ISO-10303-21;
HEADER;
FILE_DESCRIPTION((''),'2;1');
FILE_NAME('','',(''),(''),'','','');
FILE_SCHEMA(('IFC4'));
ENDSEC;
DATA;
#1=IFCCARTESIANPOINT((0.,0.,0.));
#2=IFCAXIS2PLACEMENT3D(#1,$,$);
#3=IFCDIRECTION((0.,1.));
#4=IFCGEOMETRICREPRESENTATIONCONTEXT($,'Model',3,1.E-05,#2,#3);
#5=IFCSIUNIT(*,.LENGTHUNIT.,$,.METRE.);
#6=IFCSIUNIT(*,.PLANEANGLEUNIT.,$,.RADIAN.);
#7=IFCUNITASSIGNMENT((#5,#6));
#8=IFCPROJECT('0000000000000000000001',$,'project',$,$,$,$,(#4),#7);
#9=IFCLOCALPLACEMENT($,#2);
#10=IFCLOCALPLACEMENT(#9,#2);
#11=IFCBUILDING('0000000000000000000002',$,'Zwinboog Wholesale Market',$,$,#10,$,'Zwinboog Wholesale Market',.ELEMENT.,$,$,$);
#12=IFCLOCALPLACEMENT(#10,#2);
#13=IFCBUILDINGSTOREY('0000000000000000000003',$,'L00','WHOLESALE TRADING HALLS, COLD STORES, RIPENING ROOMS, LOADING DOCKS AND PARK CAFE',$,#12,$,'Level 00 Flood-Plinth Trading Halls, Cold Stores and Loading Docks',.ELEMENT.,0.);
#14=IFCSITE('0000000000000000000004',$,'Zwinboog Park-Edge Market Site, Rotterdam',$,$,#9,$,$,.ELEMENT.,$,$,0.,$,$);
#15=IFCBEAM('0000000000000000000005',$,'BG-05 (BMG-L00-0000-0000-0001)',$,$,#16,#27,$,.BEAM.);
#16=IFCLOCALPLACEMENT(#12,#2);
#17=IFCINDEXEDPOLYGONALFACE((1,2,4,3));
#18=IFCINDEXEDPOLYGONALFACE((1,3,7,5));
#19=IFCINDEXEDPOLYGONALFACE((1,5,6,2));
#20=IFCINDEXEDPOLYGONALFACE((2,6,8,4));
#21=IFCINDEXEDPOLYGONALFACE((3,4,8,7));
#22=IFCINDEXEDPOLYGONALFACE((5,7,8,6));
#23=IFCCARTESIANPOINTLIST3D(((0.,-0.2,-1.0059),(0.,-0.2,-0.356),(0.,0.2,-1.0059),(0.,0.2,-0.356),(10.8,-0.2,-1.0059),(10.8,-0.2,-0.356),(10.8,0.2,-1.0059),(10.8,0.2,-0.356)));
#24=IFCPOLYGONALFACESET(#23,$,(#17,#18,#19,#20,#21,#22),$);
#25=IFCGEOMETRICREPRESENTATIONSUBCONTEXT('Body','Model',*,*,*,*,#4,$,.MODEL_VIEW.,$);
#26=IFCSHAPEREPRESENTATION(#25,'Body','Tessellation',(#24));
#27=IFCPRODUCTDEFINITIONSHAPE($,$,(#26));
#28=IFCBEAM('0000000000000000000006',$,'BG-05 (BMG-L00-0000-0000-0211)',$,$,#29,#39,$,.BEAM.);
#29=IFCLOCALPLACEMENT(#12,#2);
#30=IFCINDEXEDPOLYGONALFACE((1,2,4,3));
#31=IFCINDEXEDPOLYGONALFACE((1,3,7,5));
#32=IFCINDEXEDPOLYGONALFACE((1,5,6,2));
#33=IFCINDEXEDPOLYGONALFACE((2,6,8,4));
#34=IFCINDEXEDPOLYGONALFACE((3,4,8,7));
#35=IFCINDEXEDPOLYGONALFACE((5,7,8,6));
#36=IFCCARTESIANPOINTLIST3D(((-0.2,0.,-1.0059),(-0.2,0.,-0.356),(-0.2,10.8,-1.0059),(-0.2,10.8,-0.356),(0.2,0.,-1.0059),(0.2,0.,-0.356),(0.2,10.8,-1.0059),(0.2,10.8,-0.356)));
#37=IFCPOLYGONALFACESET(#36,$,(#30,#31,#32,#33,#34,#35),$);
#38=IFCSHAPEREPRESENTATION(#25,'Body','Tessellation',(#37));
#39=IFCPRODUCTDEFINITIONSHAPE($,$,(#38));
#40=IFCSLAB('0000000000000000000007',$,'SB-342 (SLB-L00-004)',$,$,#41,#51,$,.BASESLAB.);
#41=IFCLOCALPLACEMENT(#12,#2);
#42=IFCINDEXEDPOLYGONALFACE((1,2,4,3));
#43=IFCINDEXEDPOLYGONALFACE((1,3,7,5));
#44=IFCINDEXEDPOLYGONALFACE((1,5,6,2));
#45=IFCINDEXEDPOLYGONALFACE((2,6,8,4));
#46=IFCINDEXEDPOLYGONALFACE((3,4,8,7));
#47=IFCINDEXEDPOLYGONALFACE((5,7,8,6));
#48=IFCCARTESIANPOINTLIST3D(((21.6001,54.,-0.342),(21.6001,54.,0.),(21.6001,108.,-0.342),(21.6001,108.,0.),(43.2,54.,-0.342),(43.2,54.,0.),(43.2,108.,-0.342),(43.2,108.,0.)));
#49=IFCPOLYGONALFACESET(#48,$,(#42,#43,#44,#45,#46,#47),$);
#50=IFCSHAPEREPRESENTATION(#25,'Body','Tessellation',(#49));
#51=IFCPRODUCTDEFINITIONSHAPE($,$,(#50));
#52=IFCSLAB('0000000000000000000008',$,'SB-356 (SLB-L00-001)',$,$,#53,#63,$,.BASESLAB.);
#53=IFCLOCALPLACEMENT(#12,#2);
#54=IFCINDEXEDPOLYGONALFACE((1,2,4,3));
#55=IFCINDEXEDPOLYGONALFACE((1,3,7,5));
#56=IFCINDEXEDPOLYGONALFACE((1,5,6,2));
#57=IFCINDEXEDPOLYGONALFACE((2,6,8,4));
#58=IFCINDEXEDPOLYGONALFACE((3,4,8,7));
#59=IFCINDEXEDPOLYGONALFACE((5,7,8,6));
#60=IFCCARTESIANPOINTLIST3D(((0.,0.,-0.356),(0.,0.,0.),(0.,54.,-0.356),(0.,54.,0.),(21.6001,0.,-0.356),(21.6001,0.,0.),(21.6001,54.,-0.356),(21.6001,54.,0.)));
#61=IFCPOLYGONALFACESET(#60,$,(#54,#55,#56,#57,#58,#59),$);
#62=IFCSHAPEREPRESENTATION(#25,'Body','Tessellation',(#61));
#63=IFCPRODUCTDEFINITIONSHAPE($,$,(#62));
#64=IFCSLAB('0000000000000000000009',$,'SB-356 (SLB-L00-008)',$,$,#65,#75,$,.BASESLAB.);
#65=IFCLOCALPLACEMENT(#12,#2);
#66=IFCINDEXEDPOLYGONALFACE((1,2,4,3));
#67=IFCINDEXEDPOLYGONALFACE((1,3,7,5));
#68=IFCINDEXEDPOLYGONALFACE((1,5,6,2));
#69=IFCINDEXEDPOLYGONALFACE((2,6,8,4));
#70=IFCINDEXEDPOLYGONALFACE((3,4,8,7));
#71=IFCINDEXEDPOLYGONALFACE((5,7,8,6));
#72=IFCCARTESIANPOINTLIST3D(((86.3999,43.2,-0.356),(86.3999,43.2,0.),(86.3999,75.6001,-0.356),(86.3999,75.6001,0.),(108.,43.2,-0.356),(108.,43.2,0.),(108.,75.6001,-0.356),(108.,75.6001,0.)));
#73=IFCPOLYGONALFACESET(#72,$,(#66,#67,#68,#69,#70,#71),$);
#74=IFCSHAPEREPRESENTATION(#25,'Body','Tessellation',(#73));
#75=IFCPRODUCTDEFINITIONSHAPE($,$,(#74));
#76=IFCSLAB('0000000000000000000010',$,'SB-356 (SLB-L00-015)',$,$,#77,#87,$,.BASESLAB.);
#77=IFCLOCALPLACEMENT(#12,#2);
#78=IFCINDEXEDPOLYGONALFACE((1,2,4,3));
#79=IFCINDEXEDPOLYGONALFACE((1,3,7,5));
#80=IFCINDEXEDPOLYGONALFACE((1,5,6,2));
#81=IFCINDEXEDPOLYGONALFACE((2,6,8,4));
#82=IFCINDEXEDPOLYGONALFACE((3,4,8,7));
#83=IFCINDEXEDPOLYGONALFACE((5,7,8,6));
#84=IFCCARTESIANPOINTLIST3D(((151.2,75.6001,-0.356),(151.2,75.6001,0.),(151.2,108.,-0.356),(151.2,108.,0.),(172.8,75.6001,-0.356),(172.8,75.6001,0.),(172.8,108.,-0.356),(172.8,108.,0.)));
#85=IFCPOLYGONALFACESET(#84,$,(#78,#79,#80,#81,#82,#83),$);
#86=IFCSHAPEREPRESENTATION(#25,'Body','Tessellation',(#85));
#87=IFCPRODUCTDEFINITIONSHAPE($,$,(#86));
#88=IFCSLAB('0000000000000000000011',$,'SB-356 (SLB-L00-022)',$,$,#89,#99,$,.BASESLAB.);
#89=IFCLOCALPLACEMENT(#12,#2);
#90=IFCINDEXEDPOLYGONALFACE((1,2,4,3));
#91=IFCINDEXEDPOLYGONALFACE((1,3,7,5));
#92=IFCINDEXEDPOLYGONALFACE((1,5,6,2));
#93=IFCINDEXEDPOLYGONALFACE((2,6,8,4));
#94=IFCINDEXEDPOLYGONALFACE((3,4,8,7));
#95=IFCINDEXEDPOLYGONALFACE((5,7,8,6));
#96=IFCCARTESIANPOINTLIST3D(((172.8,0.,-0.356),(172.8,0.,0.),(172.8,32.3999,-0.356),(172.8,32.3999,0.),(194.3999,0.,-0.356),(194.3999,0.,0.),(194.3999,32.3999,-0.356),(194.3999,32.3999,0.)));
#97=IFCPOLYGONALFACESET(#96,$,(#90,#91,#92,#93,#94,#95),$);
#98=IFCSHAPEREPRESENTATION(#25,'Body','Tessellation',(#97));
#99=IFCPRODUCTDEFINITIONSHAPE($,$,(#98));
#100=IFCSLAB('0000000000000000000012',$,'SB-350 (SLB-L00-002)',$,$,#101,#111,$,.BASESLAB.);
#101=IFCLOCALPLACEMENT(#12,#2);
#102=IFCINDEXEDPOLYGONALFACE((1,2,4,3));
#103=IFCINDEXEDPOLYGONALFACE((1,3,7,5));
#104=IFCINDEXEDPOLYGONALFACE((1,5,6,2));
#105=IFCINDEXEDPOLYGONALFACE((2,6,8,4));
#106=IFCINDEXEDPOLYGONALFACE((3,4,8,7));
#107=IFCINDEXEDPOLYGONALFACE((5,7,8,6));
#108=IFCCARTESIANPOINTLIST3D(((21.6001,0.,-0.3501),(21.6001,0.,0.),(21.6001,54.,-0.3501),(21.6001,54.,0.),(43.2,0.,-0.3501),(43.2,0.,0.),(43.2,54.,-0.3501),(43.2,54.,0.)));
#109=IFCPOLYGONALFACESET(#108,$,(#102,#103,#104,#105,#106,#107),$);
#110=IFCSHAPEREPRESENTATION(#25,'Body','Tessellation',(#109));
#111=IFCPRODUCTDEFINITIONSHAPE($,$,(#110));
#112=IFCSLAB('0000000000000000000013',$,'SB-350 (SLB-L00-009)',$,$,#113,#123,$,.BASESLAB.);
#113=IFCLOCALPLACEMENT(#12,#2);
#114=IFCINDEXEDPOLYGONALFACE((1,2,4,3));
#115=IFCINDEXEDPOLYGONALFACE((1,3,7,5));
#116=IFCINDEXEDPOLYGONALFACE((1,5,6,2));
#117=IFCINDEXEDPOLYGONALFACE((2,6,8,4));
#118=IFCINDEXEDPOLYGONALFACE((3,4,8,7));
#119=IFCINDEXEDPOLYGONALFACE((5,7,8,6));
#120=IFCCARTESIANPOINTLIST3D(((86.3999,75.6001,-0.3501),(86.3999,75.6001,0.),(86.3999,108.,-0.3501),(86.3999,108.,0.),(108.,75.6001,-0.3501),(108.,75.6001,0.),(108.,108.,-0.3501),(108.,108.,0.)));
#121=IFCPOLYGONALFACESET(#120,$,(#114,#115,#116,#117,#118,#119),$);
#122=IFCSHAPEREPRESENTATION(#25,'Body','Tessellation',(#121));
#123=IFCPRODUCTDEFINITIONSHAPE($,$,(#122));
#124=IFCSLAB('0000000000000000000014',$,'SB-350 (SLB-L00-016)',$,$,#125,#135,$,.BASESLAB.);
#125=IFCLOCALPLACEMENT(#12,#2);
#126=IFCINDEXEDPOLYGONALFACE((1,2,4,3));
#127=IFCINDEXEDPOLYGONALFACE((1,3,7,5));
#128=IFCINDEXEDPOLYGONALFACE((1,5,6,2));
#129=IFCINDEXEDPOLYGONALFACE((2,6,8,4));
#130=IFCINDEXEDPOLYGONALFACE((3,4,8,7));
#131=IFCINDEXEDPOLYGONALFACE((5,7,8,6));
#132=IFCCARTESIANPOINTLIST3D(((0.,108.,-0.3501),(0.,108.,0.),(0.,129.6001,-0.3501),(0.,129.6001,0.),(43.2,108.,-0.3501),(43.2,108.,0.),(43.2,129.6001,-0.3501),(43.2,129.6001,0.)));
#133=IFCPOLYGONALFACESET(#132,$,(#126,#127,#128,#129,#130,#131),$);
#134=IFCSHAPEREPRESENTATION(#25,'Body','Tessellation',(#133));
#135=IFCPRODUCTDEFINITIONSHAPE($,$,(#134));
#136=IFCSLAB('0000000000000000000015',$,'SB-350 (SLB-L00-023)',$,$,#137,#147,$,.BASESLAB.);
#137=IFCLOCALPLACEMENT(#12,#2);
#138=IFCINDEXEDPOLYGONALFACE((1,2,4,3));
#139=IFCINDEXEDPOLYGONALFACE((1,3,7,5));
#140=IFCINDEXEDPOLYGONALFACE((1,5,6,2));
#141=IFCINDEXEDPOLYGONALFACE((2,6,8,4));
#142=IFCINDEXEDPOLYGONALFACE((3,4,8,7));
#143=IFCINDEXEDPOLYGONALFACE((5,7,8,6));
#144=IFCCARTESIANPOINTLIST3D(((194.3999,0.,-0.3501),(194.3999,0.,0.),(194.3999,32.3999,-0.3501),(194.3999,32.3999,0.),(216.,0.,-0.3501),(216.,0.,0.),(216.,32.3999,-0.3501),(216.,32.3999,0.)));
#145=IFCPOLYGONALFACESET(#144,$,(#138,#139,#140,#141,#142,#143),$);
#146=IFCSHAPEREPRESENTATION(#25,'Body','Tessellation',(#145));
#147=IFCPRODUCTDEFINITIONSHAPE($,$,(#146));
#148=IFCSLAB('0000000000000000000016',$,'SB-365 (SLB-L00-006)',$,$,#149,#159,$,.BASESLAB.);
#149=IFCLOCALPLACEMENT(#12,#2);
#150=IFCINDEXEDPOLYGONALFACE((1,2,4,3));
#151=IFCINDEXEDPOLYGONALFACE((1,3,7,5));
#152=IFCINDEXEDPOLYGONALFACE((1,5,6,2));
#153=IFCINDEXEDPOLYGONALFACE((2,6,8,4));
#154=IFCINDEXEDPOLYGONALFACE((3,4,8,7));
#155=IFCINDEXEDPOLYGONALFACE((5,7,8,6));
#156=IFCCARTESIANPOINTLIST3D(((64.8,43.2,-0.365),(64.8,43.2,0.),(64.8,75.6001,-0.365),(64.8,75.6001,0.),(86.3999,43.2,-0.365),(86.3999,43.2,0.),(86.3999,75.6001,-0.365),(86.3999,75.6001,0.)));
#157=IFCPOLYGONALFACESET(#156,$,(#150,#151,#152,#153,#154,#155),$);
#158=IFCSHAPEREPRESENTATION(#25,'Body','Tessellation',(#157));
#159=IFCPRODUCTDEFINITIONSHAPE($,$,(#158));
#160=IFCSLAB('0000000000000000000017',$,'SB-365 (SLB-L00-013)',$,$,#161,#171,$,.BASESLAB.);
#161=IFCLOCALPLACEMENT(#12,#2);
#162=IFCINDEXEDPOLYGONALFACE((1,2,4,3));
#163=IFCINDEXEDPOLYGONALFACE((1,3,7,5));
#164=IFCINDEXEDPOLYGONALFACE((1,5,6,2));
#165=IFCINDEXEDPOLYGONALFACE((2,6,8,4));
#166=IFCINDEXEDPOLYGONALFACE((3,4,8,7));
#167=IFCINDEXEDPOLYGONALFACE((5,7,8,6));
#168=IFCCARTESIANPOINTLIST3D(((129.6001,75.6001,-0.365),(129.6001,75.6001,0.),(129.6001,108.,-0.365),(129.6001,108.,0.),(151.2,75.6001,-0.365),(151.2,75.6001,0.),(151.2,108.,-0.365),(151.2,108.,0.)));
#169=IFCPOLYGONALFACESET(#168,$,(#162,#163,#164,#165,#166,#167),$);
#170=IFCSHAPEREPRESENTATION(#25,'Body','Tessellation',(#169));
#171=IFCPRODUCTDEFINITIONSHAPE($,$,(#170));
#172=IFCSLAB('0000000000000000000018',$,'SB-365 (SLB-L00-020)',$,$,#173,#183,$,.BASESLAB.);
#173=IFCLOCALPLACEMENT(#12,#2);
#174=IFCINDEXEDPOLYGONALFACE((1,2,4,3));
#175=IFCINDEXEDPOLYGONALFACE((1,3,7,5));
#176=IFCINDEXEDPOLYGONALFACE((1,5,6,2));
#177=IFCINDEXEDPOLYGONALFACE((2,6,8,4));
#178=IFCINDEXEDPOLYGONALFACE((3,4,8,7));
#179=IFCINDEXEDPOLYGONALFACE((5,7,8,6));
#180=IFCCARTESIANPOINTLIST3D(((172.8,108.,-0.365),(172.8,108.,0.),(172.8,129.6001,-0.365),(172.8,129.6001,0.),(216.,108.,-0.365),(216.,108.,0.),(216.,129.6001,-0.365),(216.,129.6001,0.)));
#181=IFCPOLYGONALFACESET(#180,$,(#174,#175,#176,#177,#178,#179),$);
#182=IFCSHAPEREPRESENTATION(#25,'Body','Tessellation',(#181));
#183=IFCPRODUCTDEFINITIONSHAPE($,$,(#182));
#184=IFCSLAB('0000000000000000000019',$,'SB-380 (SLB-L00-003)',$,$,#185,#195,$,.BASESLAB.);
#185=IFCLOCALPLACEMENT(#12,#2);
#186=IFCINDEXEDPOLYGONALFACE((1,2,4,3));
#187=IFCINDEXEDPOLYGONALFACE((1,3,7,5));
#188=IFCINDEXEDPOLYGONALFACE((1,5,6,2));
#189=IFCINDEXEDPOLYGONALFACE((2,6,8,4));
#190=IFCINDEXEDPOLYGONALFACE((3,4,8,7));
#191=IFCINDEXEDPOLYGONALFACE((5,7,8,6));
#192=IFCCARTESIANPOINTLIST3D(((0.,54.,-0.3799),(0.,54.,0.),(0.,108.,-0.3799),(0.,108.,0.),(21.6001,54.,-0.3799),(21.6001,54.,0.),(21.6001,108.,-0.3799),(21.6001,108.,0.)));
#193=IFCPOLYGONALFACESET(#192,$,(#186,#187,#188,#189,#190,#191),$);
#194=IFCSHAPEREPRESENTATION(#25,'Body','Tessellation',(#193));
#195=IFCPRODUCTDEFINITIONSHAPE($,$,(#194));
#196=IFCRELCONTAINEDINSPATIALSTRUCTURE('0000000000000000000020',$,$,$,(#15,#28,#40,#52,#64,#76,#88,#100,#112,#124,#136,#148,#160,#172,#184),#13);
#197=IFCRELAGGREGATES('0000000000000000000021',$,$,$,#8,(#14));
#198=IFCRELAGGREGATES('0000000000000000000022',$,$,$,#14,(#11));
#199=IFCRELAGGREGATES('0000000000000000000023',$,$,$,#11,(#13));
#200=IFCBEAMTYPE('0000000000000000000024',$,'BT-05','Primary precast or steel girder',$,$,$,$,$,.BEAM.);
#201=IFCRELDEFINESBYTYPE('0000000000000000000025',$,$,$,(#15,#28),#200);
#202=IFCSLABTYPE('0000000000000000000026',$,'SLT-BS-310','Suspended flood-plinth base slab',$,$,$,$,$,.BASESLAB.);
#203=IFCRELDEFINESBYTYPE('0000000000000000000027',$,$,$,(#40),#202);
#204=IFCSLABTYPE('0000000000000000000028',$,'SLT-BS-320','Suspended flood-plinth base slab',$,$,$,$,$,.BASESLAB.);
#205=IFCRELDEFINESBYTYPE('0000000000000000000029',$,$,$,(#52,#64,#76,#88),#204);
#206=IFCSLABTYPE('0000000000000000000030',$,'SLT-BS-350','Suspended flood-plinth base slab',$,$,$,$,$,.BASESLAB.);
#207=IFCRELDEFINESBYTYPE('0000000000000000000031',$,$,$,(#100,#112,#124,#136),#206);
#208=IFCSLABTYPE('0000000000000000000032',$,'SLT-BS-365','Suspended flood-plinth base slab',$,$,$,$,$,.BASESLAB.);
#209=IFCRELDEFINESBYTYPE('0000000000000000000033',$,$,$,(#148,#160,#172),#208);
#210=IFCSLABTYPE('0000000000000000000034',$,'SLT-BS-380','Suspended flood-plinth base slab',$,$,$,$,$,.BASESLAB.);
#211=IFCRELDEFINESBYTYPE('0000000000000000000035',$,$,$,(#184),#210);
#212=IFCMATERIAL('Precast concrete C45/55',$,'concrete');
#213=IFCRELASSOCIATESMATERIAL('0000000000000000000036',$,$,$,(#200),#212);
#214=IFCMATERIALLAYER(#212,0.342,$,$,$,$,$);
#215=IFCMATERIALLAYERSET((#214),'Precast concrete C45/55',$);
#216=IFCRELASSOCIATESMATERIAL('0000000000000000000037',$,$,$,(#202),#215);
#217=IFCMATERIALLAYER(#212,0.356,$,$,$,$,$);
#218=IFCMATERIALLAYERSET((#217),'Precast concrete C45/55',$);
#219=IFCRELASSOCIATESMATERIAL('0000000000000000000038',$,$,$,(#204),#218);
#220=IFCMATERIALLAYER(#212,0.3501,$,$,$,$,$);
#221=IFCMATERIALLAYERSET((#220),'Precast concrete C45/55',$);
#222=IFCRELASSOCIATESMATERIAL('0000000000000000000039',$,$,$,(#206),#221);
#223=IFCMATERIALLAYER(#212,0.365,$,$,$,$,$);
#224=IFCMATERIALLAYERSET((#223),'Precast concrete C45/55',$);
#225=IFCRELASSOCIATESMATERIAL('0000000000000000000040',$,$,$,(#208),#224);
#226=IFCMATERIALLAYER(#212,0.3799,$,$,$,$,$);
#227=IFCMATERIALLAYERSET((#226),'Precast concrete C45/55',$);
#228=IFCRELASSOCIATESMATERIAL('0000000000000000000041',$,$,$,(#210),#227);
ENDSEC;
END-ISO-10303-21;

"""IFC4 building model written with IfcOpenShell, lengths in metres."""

from ifc_helpers import new_model, si_unit, direction, frame, origin, origin_2d, place, context, subcontext, project, spatial, polyline, rectangle, outline, extrude, material, layer, layer_set, material_profile, profile_set, type_object, element, save


model = new_model("IFC4")

# Units and contexts
model_context = context("Model", 3, precision=1e-05, world=origin(), true_north=direction((0.0, 1.0)))
body_context = subcontext(model_context, "Body", "Model", "MODEL_VIEW")
ifc_project = project(units=[si_unit("LENGTHUNIT", "METRE"), si_unit("PLANEANGLEUNIT", "RADIAN")], contexts=[model_context])

# Site, building, storey
site_placement = place(None, origin())
site = spatial("IfcSite", under=ifc_project, at=site_placement, Name="Zwinboog Park-Edge Market Site, Rotterdam", CompositionType="ELEMENT", RefElevation=0.0)
building_placement = place(site_placement, origin())
building = spatial("IfcBuilding", under=site, at=building_placement, Name="Zwinboog Wholesale Market", LongName="Zwinboog Wholesale Market", CompositionType="ELEMENT")
storey_placement = place(building_placement, origin())
storey = spatial("IfcBuildingStorey", under=building, at=storey_placement, Name="L00", Description="WHOLESALE TRADING HALLS, COLD STORES, RIPENING ROOMS, LOADING DOCKS AND PARK CAFE", LongName="Level 00 Flood-Plinth Trading Halls, Cold Stores and Loading Docks", CompositionType="ELEMENT", Elevation=0.0)

# Beams
ifc_material = material(Name="Precast concrete C45/55", Category="concrete")
ifc_material_profile = material_profile(ifc_material, rectangle(XDim=0.3999, YDim=0.6499, at=origin_2d()), Name="PC 400x650")
ifc_profile_set = profile_set([ifc_material_profile], Name="Precast concrete C45/55")
beam_type = type_object("IfcBeamType", Name="BT-05", Description="Primary precast or steel girder", PredefinedType="BEAM", material=ifc_profile_set)
for number, where, z_axis, x_axis, name in (
    (1, (0.0, 0.0, -0.6809), (1.0, 0.0, 0.0), (0.0, 1.0, 0.0), "BG-05 (BMG-L00-0000-0000-0001)"),
    (2, (0.0, 0.0, -0.6809), (0.0, 1.0, 0.0), (-1.0, 0.0, 0.0), "BG-05 (BMG-L00-0000-0000-0211)"),
):
    element("IfcBeam", number, at=place(storey_placement, frame(where, z_axis=z_axis, x_axis=x_axis)), inside=storey, type_object=beam_type, Name=name, PredefinedType="BEAM", context=body_context, shape_type="SweptSolid", body=[
        extrude(rectangle(XDim=0.3999, YDim=0.6499, at=origin_2d()), origin(), (0.0, 0.0, 1.0), 10.8),
    ])

# Slabs
ifc_layer_1 = layer(ifc_material, 0.342)
ifc_layer_set_1 = layer_set([ifc_layer_1], Name="Precast concrete C45/55")
slab_type_1 = type_object("IfcSlabType", Name="SLT-BS-310", Description="Suspended flood-plinth base slab", PredefinedType="BASESLAB", material=ifc_layer_set_1)
slab_1_placement = place(storey_placement, frame((0.0, 0.0, -0.342)))
element("IfcSlab", 3, at=slab_1_placement, inside=storey, type_object=slab_type_1, Name="SB-342 (SLB-L00-004)", PredefinedType="BASESLAB", context=body_context, shape_type="SweptSolid", body=[
    extrude(outline(polyline([(21.6001, 54.0), (43.2, 54.0), (43.2, 108.0), (21.6001, 108.0), (21.6001, 54.0)])), origin(), (0.0, 0.0, 1.0), 0.342),
])
ifc_layer_2 = layer(ifc_material, 0.356)
ifc_layer_set_2 = layer_set([ifc_layer_2], Name="Precast concrete C45/55")
slab_type_2 = type_object("IfcSlabType", Name="SLT-BS-320", Description="Suspended flood-plinth base slab", PredefinedType="BASESLAB", material=ifc_layer_set_2)
slab_2_placement = place(storey_placement, frame((0.0, 0.0, -0.356)))
element("IfcSlab", 4, at=slab_2_placement, inside=storey, type_object=slab_type_2, Name="SB-356 (SLB-L00-001)", PredefinedType="BASESLAB", context=body_context, shape_type="SweptSolid", body=[
    extrude(outline(polyline([(0.0, 0.0), (21.6001, 0.0), (21.6001, 54.0), (0.0, 54.0), (0.0, 0.0)])), origin(), (0.0, 0.0, 1.0), 0.356),
])
slab_3_placement = place(storey_placement, frame((0.0, 0.0, -0.356)))
element("IfcSlab", 5, at=slab_3_placement, inside=storey, type_object=slab_type_2, Name="SB-356 (SLB-L00-008)", PredefinedType="BASESLAB", context=body_context, shape_type="SweptSolid", body=[
    extrude(outline(polyline([(86.3999, 43.2), (108.0, 43.2), (108.0, 75.6001), (86.3999, 75.6001), (86.3999, 43.2)])), origin(), (0.0, 0.0, 1.0), 0.356),
])
slab_4_placement = place(storey_placement, frame((0.0, 0.0, -0.356)))
element("IfcSlab", 6, at=slab_4_placement, inside=storey, type_object=slab_type_2, Name="SB-356 (SLB-L00-015)", PredefinedType="BASESLAB", context=body_context, shape_type="SweptSolid", body=[
    extrude(outline(polyline([(151.2, 75.6001), (172.8, 75.6001), (172.8, 108.0), (151.2, 108.0), (151.2, 75.6001)])), origin(), (0.0, 0.0, 1.0), 0.356),
])
slab_5_placement = place(storey_placement, frame((0.0, 0.0, -0.356)))
element("IfcSlab", 7, at=slab_5_placement, inside=storey, type_object=slab_type_2, Name="SB-356 (SLB-L00-022)", PredefinedType="BASESLAB", context=body_context, shape_type="SweptSolid", body=[
    extrude(outline(polyline([(172.8, 0.0), (194.3999, 0.0), (194.3999, 32.3999), (172.8, 32.3999), (172.8, 0.0)])), origin(), (0.0, 0.0, 1.0), 0.356),
])
ifc_layer_3 = layer(ifc_material, 0.3501)
ifc_layer_set_3 = layer_set([ifc_layer_3], Name="Precast concrete C45/55")
slab_type_3 = type_object("IfcSlabType", Name="SLT-BS-350", Description="Suspended flood-plinth base slab", PredefinedType="BASESLAB", material=ifc_layer_set_3)
slab_6_placement = place(storey_placement, frame((0.0, 0.0, -0.3501)))
element("IfcSlab", 8, at=slab_6_placement, inside=storey, type_object=slab_type_3, Name="SB-350 (SLB-L00-002)", PredefinedType="BASESLAB", context=body_context, shape_type="SweptSolid", body=[
    extrude(outline(polyline([(21.6001, 0.0), (43.2, 0.0), (43.2, 54.0), (21.6001, 54.0), (21.6001, 0.0)])), origin(), (0.0, 0.0, 1.0), 0.3501),
])
slab_7_placement = place(storey_placement, frame((0.0, 0.0, -0.3501)))
element("IfcSlab", 9, at=slab_7_placement, inside=storey, type_object=slab_type_3, Name="SB-350 (SLB-L00-009)", PredefinedType="BASESLAB", context=body_context, shape_type="SweptSolid", body=[
    extrude(outline(polyline([(86.3999, 75.6001), (108.0, 75.6001), (108.0, 108.0), (86.3999, 108.0), (86.3999, 75.6001)])), origin(), (0.0, 0.0, 1.0), 0.3501),
])
slab_8_placement = place(storey_placement, frame((0.0, 0.0, -0.3501)))
element("IfcSlab", 10, at=slab_8_placement, inside=storey, type_object=slab_type_3, Name="SB-350 (SLB-L00-016)", PredefinedType="BASESLAB", context=body_context, shape_type="SweptSolid", body=[
    extrude(outline(polyline([(0.0, 108.0), (43.2, 108.0), (43.2, 129.6001), (0.0, 129.6001), (0.0, 108.0)])), origin(), (0.0, 0.0, 1.0), 0.3501),
])
slab_9_placement = place(storey_placement, frame((0.0, 0.0, -0.3501)))
element("IfcSlab", 11, at=slab_9_placement, inside=storey, type_object=slab_type_3, Name="SB-350 (SLB-L00-023)", PredefinedType="BASESLAB", context=body_context, shape_type="SweptSolid", body=[
    extrude(outline(polyline([(194.3999, 0.0), (216.0, 0.0), (216.0, 32.3999), (194.3999, 32.3999), (194.3999, 0.0)])), origin(), (0.0, 0.0, 1.0), 0.3501),
])
ifc_layer_4 = layer(ifc_material, 0.365)
ifc_layer_set_4 = layer_set([ifc_layer_4], Name="Precast concrete C45/55")
slab_type_4 = type_object("IfcSlabType", Name="SLT-BS-365", Description="Suspended flood-plinth base slab", PredefinedType="BASESLAB", material=ifc_layer_set_4)
slab_10_placement = place(storey_placement, frame((0.0, 0.0, -0.365)))
element("IfcSlab", 12, at=slab_10_placement, inside=storey, type_object=slab_type_4, Name="SB-365 (SLB-L00-006)", PredefinedType="BASESLAB", context=body_context, shape_type="SweptSolid", body=[
    extrude(outline(polyline([(64.8, 43.2), (86.3999, 43.2), (86.3999, 75.6001), (64.8, 75.6001), (64.8, 43.2)])), origin(), (0.0, 0.0, 1.0), 0.365),
])
slab_11_placement = place(storey_placement, frame((0.0, 0.0, -0.365)))
element("IfcSlab", 13, at=slab_11_placement, inside=storey, type_object=slab_type_4, Name="SB-365 (SLB-L00-013)", PredefinedType="BASESLAB", context=body_context, shape_type="SweptSolid", body=[
    extrude(outline(polyline([(129.6001, 75.6001), (151.2, 75.6001), (151.2, 108.0), (129.6001, 108.0), (129.6001, 75.6001)])), origin(), (0.0, 0.0, 1.0), 0.365),
])
slab_12_placement = place(storey_placement, frame((0.0, 0.0, -0.365)))
element("IfcSlab", 14, at=slab_12_placement, inside=storey, type_object=slab_type_4, Name="SB-365 (SLB-L00-020)", PredefinedType="BASESLAB", context=body_context, shape_type="SweptSolid", body=[
    extrude(outline(polyline([(172.8, 108.0), (216.0, 108.0), (216.0, 129.6001), (172.8, 129.6001), (172.8, 108.0)])), origin(), (0.0, 0.0, 1.0), 0.365),
])
ifc_layer_5 = layer(ifc_material, 0.3799)
ifc_layer_set_5 = layer_set([ifc_layer_5], Name="Precast concrete C45/55")
slab_type_5 = type_object("IfcSlabType", Name="SLT-BS-380", Description="Suspended flood-plinth base slab", PredefinedType="BASESLAB", material=ifc_layer_set_5)
slab_13_placement = place(storey_placement, frame((0.0, 0.0, -0.3799)))
element("IfcSlab", 15, at=slab_13_placement, inside=storey, type_object=slab_type_5, Name="SB-380 (SLB-L00-003)", PredefinedType="BASESLAB", context=body_context, shape_type="SweptSolid", body=[
    extrude(outline(polyline([(0.0, 54.0), (21.6001, 54.0), (21.6001, 108.0), (0.0, 108.0), (0.0, 54.0)])), origin(), (0.0, 0.0, 1.0), 0.3799),
])

save(model, "model.ifc")
